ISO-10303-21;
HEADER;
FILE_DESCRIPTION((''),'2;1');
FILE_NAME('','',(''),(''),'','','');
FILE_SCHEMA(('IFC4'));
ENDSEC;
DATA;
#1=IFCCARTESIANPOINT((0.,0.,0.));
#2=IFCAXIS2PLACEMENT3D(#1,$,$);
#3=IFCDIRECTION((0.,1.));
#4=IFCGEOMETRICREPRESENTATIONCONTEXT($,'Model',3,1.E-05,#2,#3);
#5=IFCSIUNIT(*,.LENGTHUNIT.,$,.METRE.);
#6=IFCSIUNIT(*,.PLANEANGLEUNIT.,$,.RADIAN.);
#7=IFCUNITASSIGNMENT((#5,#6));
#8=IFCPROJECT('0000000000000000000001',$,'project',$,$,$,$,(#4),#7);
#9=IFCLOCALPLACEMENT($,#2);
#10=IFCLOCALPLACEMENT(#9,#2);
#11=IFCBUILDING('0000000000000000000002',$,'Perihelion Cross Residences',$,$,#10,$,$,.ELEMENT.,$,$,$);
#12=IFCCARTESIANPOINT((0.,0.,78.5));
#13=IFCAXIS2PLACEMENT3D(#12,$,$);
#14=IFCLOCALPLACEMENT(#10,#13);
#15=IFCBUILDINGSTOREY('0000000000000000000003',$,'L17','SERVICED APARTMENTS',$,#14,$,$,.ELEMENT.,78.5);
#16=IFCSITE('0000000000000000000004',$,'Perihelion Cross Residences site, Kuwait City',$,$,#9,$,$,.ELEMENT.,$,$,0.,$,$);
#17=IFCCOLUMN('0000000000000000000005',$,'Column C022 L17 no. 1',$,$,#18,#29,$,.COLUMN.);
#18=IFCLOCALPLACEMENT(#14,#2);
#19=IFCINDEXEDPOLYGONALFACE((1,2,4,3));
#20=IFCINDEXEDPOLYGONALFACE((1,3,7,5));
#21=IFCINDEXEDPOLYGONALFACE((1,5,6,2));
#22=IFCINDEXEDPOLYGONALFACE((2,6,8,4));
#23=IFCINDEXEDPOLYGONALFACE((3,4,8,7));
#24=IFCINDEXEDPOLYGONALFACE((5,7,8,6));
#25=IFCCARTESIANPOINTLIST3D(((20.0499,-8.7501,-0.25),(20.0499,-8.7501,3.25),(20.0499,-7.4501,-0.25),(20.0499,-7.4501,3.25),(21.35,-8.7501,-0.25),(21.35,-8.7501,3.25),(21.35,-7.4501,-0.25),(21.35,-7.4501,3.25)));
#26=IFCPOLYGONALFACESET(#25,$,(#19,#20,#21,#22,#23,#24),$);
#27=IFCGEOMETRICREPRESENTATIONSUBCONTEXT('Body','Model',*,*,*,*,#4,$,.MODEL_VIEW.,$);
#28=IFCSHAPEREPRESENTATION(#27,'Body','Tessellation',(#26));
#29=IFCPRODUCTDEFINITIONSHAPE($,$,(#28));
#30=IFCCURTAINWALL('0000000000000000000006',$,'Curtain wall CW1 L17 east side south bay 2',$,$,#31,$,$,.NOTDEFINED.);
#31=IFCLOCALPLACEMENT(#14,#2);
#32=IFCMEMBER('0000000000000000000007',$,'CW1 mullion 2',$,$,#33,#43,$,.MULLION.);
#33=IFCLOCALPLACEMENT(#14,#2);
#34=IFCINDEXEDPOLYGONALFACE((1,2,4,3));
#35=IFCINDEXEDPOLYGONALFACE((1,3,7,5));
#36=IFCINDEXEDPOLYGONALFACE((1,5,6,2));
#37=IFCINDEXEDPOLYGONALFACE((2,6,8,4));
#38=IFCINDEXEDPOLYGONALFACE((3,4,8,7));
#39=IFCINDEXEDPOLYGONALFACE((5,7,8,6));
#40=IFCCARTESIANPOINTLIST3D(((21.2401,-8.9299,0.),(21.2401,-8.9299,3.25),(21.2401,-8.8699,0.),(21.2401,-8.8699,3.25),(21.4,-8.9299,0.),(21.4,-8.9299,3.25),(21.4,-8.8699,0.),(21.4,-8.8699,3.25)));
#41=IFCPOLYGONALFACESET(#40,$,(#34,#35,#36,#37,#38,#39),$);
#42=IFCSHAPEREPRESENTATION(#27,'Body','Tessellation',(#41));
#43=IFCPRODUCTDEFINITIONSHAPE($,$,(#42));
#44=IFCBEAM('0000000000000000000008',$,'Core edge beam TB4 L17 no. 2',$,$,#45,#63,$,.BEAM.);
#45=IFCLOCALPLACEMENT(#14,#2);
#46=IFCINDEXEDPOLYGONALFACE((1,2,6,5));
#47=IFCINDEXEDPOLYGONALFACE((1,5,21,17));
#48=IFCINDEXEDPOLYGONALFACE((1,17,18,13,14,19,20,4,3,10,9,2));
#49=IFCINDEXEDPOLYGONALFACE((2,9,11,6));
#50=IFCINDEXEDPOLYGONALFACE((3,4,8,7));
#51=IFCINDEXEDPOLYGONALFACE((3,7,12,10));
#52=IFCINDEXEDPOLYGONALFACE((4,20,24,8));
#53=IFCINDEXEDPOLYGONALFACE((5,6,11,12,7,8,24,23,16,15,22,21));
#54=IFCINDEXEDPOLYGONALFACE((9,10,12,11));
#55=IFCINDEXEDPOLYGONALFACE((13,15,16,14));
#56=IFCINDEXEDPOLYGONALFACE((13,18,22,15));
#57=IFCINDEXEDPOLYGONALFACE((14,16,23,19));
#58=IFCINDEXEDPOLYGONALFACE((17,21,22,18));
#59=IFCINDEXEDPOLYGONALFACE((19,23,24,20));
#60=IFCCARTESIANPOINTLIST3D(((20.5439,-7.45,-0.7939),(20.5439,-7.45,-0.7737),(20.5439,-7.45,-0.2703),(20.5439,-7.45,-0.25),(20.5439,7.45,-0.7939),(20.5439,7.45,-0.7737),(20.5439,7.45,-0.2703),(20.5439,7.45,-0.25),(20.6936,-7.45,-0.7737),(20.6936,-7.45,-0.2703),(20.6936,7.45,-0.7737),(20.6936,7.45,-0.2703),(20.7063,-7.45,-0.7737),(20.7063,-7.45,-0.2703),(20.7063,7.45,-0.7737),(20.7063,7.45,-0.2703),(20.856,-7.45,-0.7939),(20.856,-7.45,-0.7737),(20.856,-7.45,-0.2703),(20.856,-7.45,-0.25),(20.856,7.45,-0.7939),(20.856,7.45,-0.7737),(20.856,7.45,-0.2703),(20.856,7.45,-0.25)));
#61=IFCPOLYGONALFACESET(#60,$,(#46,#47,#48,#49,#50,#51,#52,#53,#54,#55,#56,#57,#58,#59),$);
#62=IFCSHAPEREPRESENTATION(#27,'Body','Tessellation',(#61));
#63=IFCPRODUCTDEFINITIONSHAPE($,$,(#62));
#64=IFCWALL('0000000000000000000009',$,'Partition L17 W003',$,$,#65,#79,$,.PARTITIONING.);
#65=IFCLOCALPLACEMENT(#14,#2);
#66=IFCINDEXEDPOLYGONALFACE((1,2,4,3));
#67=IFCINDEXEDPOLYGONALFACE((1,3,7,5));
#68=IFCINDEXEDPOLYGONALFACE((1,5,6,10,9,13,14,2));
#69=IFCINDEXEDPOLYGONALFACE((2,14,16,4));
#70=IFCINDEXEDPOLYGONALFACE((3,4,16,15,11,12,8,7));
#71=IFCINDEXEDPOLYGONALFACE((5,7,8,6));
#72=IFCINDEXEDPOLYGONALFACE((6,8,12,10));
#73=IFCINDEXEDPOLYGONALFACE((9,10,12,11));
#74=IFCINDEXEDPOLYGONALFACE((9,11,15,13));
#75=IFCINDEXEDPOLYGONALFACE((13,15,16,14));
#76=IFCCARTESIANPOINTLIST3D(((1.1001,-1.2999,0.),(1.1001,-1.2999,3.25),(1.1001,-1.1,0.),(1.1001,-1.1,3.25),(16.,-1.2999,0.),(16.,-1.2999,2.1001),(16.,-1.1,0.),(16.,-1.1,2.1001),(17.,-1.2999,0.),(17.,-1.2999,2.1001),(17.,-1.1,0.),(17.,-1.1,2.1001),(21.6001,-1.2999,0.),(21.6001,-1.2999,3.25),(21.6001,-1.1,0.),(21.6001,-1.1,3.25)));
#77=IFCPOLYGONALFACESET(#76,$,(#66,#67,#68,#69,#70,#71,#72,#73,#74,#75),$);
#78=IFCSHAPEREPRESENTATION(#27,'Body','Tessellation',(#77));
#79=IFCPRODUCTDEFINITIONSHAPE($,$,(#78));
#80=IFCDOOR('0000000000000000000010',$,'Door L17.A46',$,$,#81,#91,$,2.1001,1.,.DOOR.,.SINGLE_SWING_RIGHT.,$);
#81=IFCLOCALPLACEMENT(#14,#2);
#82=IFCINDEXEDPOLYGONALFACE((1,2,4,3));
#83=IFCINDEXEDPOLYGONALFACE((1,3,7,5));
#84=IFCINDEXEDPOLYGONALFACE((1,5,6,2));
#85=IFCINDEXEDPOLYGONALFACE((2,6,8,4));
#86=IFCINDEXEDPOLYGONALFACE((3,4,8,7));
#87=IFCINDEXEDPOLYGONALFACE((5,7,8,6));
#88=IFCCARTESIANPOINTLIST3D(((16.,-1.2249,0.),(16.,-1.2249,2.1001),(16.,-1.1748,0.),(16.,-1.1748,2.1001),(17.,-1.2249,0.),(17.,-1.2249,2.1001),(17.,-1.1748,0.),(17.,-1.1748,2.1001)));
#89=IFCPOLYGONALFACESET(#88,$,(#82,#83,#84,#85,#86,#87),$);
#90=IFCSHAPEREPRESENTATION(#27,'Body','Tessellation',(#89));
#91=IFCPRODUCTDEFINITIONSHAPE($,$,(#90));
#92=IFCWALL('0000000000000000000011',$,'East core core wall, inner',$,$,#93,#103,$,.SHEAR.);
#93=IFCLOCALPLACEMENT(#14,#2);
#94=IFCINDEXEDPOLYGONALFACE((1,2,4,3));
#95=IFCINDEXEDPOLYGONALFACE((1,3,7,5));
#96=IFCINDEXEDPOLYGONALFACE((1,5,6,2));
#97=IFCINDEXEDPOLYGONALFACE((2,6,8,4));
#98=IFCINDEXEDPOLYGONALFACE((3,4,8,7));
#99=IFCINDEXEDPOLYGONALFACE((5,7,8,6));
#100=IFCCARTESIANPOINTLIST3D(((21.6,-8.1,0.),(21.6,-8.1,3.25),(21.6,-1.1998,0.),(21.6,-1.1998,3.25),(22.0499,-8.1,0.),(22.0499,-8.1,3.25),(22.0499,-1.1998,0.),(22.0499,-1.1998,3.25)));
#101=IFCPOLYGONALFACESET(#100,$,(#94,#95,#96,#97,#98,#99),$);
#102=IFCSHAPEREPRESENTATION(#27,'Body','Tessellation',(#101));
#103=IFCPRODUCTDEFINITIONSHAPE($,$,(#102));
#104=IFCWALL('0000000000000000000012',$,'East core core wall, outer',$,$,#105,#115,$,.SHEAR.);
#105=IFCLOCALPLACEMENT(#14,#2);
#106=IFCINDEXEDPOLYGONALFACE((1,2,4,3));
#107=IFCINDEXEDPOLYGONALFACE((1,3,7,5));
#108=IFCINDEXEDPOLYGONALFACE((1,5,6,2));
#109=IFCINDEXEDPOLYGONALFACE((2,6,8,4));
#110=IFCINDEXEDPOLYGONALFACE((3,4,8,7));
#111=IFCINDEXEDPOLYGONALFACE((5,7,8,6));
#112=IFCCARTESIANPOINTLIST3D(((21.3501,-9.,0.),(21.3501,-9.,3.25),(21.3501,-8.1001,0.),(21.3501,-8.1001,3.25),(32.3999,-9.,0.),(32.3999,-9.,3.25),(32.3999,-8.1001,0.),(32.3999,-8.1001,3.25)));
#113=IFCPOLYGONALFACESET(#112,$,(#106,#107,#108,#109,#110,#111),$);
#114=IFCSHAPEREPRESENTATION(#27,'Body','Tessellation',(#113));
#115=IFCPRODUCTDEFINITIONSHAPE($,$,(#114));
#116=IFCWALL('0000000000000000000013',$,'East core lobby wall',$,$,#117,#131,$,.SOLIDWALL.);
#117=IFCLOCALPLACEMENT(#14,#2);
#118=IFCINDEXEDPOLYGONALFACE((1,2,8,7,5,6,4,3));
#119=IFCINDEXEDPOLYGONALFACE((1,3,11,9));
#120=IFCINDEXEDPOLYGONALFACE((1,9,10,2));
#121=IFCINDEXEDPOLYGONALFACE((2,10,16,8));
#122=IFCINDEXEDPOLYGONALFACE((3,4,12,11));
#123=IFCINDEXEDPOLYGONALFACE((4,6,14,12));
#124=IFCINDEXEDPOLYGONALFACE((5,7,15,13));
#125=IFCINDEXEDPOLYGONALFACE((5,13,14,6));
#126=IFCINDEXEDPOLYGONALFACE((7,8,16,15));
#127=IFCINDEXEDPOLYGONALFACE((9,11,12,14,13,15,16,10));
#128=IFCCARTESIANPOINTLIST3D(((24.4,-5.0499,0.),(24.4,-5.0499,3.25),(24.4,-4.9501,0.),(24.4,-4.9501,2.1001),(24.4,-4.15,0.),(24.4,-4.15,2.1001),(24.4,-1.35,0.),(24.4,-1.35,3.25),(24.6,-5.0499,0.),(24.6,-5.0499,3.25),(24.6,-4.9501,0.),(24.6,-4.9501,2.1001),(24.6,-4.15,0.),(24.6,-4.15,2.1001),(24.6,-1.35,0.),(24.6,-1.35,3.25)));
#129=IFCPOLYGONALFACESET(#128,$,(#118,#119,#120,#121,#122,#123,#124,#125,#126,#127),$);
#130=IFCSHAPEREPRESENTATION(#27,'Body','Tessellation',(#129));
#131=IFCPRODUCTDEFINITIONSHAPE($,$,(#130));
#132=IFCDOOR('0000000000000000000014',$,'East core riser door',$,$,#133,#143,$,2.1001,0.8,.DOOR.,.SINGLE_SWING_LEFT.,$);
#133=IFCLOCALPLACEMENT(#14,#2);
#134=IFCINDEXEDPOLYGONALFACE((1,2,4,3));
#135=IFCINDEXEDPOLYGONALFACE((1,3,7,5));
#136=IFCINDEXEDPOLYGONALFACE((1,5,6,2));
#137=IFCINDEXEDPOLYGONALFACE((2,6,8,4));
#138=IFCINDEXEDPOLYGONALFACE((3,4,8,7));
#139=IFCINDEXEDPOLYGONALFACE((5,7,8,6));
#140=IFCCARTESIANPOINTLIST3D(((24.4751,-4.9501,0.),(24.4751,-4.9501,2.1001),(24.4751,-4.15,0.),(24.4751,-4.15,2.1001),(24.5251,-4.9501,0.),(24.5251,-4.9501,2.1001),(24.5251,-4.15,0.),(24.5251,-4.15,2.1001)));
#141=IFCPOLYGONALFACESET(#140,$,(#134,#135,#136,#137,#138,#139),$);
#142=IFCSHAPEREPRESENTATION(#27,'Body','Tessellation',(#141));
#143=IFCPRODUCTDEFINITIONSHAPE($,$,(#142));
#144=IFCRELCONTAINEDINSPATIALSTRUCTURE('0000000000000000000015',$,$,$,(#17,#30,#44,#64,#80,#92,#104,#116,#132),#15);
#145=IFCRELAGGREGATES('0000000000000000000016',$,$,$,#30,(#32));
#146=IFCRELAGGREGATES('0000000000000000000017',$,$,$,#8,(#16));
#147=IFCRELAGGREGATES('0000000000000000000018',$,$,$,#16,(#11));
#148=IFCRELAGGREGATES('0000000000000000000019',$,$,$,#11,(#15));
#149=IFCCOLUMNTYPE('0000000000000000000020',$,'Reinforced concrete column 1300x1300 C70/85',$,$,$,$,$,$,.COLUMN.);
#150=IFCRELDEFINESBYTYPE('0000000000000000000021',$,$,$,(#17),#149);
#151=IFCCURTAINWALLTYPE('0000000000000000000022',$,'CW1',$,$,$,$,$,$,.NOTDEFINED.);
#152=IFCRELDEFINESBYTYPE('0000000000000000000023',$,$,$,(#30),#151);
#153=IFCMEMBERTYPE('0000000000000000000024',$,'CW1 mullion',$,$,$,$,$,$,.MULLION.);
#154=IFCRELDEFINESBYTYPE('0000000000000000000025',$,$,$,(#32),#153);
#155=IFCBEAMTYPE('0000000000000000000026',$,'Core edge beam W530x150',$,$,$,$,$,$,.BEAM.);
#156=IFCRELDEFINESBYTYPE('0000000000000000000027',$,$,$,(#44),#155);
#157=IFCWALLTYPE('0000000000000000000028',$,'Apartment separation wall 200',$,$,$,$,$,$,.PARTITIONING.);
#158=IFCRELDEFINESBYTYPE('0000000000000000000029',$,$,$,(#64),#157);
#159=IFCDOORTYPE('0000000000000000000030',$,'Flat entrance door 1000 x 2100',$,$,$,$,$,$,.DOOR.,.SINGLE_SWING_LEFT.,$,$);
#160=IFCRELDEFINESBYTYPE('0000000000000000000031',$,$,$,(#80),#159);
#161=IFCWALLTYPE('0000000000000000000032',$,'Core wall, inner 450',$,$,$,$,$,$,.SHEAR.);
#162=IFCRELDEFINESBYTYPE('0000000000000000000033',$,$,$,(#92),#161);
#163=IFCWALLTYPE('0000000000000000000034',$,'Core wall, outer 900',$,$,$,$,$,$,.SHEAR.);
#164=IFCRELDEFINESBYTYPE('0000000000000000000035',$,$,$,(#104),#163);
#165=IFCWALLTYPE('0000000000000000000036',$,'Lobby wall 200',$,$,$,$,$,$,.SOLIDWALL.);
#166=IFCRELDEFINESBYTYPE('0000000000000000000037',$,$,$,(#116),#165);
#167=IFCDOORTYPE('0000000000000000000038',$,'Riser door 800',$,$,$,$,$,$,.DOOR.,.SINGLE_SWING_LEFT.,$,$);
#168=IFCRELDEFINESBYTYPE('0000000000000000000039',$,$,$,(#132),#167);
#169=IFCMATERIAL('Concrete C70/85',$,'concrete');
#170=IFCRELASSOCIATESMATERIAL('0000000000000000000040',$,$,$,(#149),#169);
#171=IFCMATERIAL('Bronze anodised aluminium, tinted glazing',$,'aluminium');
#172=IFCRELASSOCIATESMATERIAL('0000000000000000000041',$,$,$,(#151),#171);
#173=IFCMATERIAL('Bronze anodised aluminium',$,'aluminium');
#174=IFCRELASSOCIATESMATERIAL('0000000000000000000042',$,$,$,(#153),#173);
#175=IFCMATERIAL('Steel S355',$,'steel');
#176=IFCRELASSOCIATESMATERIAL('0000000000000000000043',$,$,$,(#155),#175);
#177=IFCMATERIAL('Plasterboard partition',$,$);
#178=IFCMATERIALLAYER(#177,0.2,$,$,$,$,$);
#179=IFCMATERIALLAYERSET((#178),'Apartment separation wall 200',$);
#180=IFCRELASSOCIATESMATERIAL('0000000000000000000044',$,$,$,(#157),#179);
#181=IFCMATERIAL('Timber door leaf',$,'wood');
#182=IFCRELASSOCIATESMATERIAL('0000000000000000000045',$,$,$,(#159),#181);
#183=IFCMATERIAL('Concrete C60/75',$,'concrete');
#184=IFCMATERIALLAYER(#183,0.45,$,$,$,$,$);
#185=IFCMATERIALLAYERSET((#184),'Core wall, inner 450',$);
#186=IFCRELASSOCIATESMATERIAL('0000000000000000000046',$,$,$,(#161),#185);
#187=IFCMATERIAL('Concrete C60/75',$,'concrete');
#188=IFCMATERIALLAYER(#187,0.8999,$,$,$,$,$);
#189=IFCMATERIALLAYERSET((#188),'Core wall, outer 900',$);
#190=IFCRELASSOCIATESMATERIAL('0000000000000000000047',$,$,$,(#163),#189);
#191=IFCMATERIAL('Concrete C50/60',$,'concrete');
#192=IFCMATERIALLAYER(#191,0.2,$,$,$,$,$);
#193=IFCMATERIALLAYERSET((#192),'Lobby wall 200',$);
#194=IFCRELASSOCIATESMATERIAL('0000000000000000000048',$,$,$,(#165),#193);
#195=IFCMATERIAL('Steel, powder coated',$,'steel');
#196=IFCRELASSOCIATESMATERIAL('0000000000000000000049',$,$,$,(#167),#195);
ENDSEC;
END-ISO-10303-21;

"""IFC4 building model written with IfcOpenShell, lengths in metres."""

from ifc_helpers import new_model, si_unit, direction, frame, frame_2d, origin, origin_2d, place, context, subcontext, project, spatial, rectangle, i_section, extrude, material, layer, layer_set, material_profile, profile_set, type_object, element, fill, aggregate, save


model = new_model("IFC4")

# Units and contexts
model_context = context("Model", 3, precision=1e-05, world=origin(), true_north=direction((0.0, 1.0)))
body_context = subcontext(model_context, "Body", "Model", "MODEL_VIEW")
ifc_project = project(units=[si_unit("LENGTHUNIT", "METRE"), si_unit("PLANEANGLEUNIT", "RADIAN")], contexts=[model_context])

# Site, building, storey
site_placement = place(None, origin())
site = spatial("IfcSite", under=ifc_project, at=site_placement, Name="Perihelion Cross Residences site, Kuwait City", CompositionType="ELEMENT", RefElevation=0.0)
building_placement = place(site_placement, origin())
building = spatial("IfcBuilding", under=site, at=building_placement, Name="Perihelion Cross Residences", CompositionType="ELEMENT")
storey_placement = place(building_placement, frame((0.0, 0.0, 78.5)))
storey = spatial("IfcBuildingStorey", under=building, at=storey_placement, Name="L17", Description="SERVICED APARTMENTS", CompositionType="ELEMENT", Elevation=78.5)

# Column
ifc_material_1 = material(Name="Concrete C70/85", Category="concrete")
ifc_material_profile_1 = material_profile(ifc_material_1, rectangle(XDim=1.3, YDim=1.3, at=origin_2d()), Name="RC 1300x1300")
ifc_profile_set_1 = profile_set([ifc_material_profile_1], Name="Concrete C70/85")
column_type = type_object("IfcColumnType", Name="Reinforced concrete column 1300x1300 C70/85", PredefinedType="COLUMN", material=ifc_profile_set_1)
column_placement = place(storey_placement, frame((20.7, -8.1001, -0.25), z_axis=(0.0, 0.0, 1.0), x_axis=(1.0, 0.0, 0.0)))
element("IfcColumn", 1, at=column_placement, inside=storey, type_object=column_type, Name="Column C022 L17 no. 1", PredefinedType="COLUMN", context=body_context, shape_type="SweptSolid", body=[
    extrude(rectangle(XDim=1.3, YDim=1.3, at=origin_2d()), origin(), (0.0, 0.0, 1.0), 3.5),
])

# Curtain wall, member
ifc_material_2 = material(Name="Bronze anodised aluminium, tinted glazing", Category="aluminium")
curtain_wall_type = type_object("IfcCurtainWallType", Name="CW1", PredefinedType="NOTDEFINED", material=ifc_material_2)
curtain_wall_placement = place(storey_placement, origin())
curtain_wall = element("IfcCurtainWall", 2, at=curtain_wall_placement, inside=storey, type_object=curtain_wall_type, Name="Curtain wall CW1 L17 east side south bay 2", PredefinedType="NOTDEFINED")
ifc_material_3 = material(Name="Bronze anodised aluminium", Category="aluminium")
ifc_material_profile_2 = material_profile(ifc_material_3, rectangle(XDim=0.0601, YDim=0.1599, at=origin_2d()), Name="CW1 mullion")
ifc_profile_set_2 = profile_set([ifc_material_profile_2], Name="Bronze anodised aluminium")
member_type = type_object("IfcMemberType", Name="CW1 mullion", PredefinedType="MULLION", material=ifc_profile_set_2)
member_placement = place(storey_placement, frame((21.3201, -8.8999, 0.0), z_axis=(0.0, 0.0, 1.0), x_axis=(0.0, 1.0, 0.0)))
member = element("IfcMember", 3, at=member_placement, type_object=member_type, Name="CW1 mullion 2", PredefinedType="MULLION", context=body_context, shape_type="SweptSolid", body=[
    extrude(rectangle(XDim=0.0601, YDim=0.1599, at=origin_2d()), origin(), (0.0, 0.0, 1.0), 3.25),
])
aggregate(curtain_wall, [member])

# Beam
ifc_material_4 = material(Name="Steel S355", Category="steel")
ifc_material_profile_3 = material_profile(ifc_material_4, i_section(OverallWidth=0.312, OverallDepth=0.5439, WebThickness=0.0127, FlangeThickness=0.0203, at=origin_2d()), Name="W530x150")
ifc_profile_set_3 = profile_set([ifc_material_profile_3], Name="Steel S355")
beam_type = type_object("IfcBeamType", Name="Core edge beam W530x150", PredefinedType="BEAM", material=ifc_profile_set_3)
beam_placement = place(storey_placement, frame((20.7, -7.45, -0.522), z_axis=(0.0, 1.0, 0.0), x_axis=(-1.0, 0.0, 0.0)))
element("IfcBeam", 4, at=beam_placement, inside=storey, type_object=beam_type, Name="Core edge beam TB4 L17 no. 2", PredefinedType="BEAM", context=body_context, shape_type="SweptSolid", body=[
    extrude(i_section(OverallWidth=0.312, OverallDepth=0.5439, WebThickness=0.0127, FlangeThickness=0.0203, at=origin_2d()), origin(), (0.0, 0.0, 1.0), 14.8999),
])

# Wall, opening, door
ifc_material_5 = material(Name="Plasterboard partition")
ifc_layer_1 = layer(ifc_material_5, 0.2)
ifc_layer_set_1 = layer_set([ifc_layer_1], Name="Apartment separation wall 200")
wall_type_1 = type_object("IfcWallType", Name="Apartment separation wall 200", PredefinedType="PARTITIONING", material=ifc_layer_set_1)
wall_1_placement = place(storey_placement, frame((21.6001, -1.2, 0.0), z_axis=(0.0, 0.0, 1.0), x_axis=(-1.0, 0.0, 0.0)))
wall_1 = element("IfcWall", 5, at=wall_1_placement, inside=storey, type_object=wall_type_1, Name="Partition L17 W003", PredefinedType="PARTITIONING", context=body_context, shape_type="SweptSolid", body=[
    extrude(rectangle(XDim=20.5, YDim=0.2, at=frame_2d((10.25, 0.0))), origin(), (0.0, 0.0, 1.0), 3.25),
])
opening_1_placement = place(wall_1_placement, frame((4.6001, 0.0, 0.0)))
opening_1 = element("IfcOpeningElement", 6, at=opening_1_placement, cuts=wall_1, PredefinedType="OPENING", context=body_context, shape_type="SweptSolid", body=[
    extrude(rectangle(XDim=1.0, YDim=2.1001, at=frame_2d((0.5, 1.05))), frame((0.0, 0.1099, 0.0), z_axis=(0.0, -1.0, 0.0), x_axis=(1.0, 0.0, 0.0)), (0.0, 0.0, 1.0), 0.22),
])
ifc_material_6 = material(Name="Timber door leaf", Category="wood")
door_type_1 = type_object("IfcDoorType", Name="Flat entrance door 1000 x 2100", OperationType="SINGLE_SWING_LEFT", PredefinedType="DOOR", material=ifc_material_6)
door_1_placement = place(opening_1_placement, origin())
door_1 = element("IfcDoor", 7, at=door_1_placement, inside=storey, type_object=door_type_1, Name="Door L17.A46", OperationType="SINGLE_SWING_RIGHT", OverallHeight=2.1001, OverallWidth=1.0, PredefinedType="DOOR", context=body_context, shape_type="SweptSolid", body=[
    extrude(rectangle(XDim=1.0, YDim=2.1001, at=frame_2d((0.5, 1.05))), frame((0.0, 0.0249, 0.0), z_axis=(0.0, -1.0, 0.0), x_axis=(1.0, 0.0, 0.0)), (0.0, 0.0, 1.0), 0.05),
])
fill(opening_1, door_1)

# Walls
ifc_material_7 = material(Name="Concrete C60/75", Category="concrete")
ifc_layer_2 = layer(ifc_material_7, 0.45)
ifc_layer_set_2 = layer_set([ifc_layer_2], Name="Core wall, inner 450")
wall_type_2 = type_object("IfcWallType", Name="Core wall, inner 450", PredefinedType="SHEAR", material=ifc_layer_set_2)
wall_2_placement = place(storey_placement, frame((21.825, -8.1001, 0.0), z_axis=(0.0, 0.0, 1.0), x_axis=(0.0, 1.0, 0.0)))
element("IfcWall", 8, at=wall_2_placement, inside=storey, type_object=wall_type_2, Name="East core core wall, inner", PredefinedType="SHEAR", context=body_context, shape_type="SweptSolid", body=[
    extrude(rectangle(XDim=6.9001, YDim=0.45, at=frame_2d((3.4502, 0.0))), origin(), (0.0, 0.0, 1.0), 3.25),
])
ifc_material_8 = material(Name="Concrete C60/75", Category="concrete")
ifc_layer_3 = layer(ifc_material_8, 0.8999)
ifc_layer_set_3 = layer_set([ifc_layer_3], Name="Core wall, outer 900")
wall_type_3 = type_object("IfcWallType", Name="Core wall, outer 900", PredefinedType="SHEAR", material=ifc_layer_set_3)
wall_3_placement = place(storey_placement, frame((21.3501, -8.55, 0.0), z_axis=(0.0, 0.0, 1.0), x_axis=(1.0, 0.0, 0.0)))
element("IfcWall", 9, at=wall_3_placement, inside=storey, type_object=wall_type_3, Name="East core core wall, outer", PredefinedType="SHEAR", context=body_context, shape_type="SweptSolid", body=[
    extrude(rectangle(XDim=11.0498, YDim=0.8999, at=frame_2d((5.5249, 0.0))), origin(), (0.0, 0.0, 1.0), 3.25),
])

# Wall, opening, door
ifc_material_9 = material(Name="Concrete C50/60", Category="concrete")
ifc_layer_4 = layer(ifc_material_9, 0.2)
ifc_layer_set_4 = layer_set([ifc_layer_4], Name="Lobby wall 200")
wall_type_4 = type_object("IfcWallType", Name="Lobby wall 200", PredefinedType="SOLIDWALL", material=ifc_layer_set_4)
wall_4_placement = place(storey_placement, frame((24.5, -5.05, 0.0), z_axis=(0.0, 0.0, 1.0), x_axis=(0.0, 1.0, 0.0)))
wall_4 = element("IfcWall", 10, at=wall_4_placement, inside=storey, type_object=wall_type_4, Name="East core lobby wall", PredefinedType="SOLIDWALL", context=body_context, shape_type="SweptSolid", body=[
    extrude(rectangle(XDim=3.7, YDim=0.2, at=frame_2d((1.8501, 0.0))), origin(), (0.0, 0.0, 1.0), 3.25),
])
opening_2_placement = place(wall_4_placement, frame((0.1001, 0.0, 0.0)))
opening_2 = element("IfcOpeningElement", 11, at=opening_2_placement, cuts=wall_4, PredefinedType="OPENING", context=body_context, shape_type="SweptSolid", body=[
    extrude(rectangle(XDim=0.8, YDim=2.1001, at=frame_2d((0.3999, 1.05))), frame((0.0, 0.1099, 0.0), z_axis=(0.0, -1.0, 0.0), x_axis=(1.0, 0.0, 0.0)), (0.0, 0.0, 1.0), 0.22),
])
ifc_material_10 = material(Name="Steel, powder coated", Category="steel")
door_type_2 = type_object("IfcDoorType", Name="Riser door 800", OperationType="SINGLE_SWING_LEFT", PredefinedType="DOOR", material=ifc_material_10)
door_2_placement = place(opening_2_placement, origin())
door_2 = element("IfcDoor", 12, at=door_2_placement, inside=storey, type_object=door_type_2, Name="East core riser door", OperationType="SINGLE_SWING_LEFT", OverallHeight=2.1001, OverallWidth=0.8, PredefinedType="DOOR", context=body_context, shape_type="SweptSolid", body=[
    extrude(rectangle(XDim=0.8, YDim=2.1001, at=frame_2d((0.3999, 1.05))), frame((0.0, 0.0249, 0.0), z_axis=(0.0, -1.0, 0.0), x_axis=(1.0, 0.0, 0.0)), (0.0, 0.0, 1.0), 0.05),
])
fill(opening_2, door_2)

save(model, "model.ifc")
